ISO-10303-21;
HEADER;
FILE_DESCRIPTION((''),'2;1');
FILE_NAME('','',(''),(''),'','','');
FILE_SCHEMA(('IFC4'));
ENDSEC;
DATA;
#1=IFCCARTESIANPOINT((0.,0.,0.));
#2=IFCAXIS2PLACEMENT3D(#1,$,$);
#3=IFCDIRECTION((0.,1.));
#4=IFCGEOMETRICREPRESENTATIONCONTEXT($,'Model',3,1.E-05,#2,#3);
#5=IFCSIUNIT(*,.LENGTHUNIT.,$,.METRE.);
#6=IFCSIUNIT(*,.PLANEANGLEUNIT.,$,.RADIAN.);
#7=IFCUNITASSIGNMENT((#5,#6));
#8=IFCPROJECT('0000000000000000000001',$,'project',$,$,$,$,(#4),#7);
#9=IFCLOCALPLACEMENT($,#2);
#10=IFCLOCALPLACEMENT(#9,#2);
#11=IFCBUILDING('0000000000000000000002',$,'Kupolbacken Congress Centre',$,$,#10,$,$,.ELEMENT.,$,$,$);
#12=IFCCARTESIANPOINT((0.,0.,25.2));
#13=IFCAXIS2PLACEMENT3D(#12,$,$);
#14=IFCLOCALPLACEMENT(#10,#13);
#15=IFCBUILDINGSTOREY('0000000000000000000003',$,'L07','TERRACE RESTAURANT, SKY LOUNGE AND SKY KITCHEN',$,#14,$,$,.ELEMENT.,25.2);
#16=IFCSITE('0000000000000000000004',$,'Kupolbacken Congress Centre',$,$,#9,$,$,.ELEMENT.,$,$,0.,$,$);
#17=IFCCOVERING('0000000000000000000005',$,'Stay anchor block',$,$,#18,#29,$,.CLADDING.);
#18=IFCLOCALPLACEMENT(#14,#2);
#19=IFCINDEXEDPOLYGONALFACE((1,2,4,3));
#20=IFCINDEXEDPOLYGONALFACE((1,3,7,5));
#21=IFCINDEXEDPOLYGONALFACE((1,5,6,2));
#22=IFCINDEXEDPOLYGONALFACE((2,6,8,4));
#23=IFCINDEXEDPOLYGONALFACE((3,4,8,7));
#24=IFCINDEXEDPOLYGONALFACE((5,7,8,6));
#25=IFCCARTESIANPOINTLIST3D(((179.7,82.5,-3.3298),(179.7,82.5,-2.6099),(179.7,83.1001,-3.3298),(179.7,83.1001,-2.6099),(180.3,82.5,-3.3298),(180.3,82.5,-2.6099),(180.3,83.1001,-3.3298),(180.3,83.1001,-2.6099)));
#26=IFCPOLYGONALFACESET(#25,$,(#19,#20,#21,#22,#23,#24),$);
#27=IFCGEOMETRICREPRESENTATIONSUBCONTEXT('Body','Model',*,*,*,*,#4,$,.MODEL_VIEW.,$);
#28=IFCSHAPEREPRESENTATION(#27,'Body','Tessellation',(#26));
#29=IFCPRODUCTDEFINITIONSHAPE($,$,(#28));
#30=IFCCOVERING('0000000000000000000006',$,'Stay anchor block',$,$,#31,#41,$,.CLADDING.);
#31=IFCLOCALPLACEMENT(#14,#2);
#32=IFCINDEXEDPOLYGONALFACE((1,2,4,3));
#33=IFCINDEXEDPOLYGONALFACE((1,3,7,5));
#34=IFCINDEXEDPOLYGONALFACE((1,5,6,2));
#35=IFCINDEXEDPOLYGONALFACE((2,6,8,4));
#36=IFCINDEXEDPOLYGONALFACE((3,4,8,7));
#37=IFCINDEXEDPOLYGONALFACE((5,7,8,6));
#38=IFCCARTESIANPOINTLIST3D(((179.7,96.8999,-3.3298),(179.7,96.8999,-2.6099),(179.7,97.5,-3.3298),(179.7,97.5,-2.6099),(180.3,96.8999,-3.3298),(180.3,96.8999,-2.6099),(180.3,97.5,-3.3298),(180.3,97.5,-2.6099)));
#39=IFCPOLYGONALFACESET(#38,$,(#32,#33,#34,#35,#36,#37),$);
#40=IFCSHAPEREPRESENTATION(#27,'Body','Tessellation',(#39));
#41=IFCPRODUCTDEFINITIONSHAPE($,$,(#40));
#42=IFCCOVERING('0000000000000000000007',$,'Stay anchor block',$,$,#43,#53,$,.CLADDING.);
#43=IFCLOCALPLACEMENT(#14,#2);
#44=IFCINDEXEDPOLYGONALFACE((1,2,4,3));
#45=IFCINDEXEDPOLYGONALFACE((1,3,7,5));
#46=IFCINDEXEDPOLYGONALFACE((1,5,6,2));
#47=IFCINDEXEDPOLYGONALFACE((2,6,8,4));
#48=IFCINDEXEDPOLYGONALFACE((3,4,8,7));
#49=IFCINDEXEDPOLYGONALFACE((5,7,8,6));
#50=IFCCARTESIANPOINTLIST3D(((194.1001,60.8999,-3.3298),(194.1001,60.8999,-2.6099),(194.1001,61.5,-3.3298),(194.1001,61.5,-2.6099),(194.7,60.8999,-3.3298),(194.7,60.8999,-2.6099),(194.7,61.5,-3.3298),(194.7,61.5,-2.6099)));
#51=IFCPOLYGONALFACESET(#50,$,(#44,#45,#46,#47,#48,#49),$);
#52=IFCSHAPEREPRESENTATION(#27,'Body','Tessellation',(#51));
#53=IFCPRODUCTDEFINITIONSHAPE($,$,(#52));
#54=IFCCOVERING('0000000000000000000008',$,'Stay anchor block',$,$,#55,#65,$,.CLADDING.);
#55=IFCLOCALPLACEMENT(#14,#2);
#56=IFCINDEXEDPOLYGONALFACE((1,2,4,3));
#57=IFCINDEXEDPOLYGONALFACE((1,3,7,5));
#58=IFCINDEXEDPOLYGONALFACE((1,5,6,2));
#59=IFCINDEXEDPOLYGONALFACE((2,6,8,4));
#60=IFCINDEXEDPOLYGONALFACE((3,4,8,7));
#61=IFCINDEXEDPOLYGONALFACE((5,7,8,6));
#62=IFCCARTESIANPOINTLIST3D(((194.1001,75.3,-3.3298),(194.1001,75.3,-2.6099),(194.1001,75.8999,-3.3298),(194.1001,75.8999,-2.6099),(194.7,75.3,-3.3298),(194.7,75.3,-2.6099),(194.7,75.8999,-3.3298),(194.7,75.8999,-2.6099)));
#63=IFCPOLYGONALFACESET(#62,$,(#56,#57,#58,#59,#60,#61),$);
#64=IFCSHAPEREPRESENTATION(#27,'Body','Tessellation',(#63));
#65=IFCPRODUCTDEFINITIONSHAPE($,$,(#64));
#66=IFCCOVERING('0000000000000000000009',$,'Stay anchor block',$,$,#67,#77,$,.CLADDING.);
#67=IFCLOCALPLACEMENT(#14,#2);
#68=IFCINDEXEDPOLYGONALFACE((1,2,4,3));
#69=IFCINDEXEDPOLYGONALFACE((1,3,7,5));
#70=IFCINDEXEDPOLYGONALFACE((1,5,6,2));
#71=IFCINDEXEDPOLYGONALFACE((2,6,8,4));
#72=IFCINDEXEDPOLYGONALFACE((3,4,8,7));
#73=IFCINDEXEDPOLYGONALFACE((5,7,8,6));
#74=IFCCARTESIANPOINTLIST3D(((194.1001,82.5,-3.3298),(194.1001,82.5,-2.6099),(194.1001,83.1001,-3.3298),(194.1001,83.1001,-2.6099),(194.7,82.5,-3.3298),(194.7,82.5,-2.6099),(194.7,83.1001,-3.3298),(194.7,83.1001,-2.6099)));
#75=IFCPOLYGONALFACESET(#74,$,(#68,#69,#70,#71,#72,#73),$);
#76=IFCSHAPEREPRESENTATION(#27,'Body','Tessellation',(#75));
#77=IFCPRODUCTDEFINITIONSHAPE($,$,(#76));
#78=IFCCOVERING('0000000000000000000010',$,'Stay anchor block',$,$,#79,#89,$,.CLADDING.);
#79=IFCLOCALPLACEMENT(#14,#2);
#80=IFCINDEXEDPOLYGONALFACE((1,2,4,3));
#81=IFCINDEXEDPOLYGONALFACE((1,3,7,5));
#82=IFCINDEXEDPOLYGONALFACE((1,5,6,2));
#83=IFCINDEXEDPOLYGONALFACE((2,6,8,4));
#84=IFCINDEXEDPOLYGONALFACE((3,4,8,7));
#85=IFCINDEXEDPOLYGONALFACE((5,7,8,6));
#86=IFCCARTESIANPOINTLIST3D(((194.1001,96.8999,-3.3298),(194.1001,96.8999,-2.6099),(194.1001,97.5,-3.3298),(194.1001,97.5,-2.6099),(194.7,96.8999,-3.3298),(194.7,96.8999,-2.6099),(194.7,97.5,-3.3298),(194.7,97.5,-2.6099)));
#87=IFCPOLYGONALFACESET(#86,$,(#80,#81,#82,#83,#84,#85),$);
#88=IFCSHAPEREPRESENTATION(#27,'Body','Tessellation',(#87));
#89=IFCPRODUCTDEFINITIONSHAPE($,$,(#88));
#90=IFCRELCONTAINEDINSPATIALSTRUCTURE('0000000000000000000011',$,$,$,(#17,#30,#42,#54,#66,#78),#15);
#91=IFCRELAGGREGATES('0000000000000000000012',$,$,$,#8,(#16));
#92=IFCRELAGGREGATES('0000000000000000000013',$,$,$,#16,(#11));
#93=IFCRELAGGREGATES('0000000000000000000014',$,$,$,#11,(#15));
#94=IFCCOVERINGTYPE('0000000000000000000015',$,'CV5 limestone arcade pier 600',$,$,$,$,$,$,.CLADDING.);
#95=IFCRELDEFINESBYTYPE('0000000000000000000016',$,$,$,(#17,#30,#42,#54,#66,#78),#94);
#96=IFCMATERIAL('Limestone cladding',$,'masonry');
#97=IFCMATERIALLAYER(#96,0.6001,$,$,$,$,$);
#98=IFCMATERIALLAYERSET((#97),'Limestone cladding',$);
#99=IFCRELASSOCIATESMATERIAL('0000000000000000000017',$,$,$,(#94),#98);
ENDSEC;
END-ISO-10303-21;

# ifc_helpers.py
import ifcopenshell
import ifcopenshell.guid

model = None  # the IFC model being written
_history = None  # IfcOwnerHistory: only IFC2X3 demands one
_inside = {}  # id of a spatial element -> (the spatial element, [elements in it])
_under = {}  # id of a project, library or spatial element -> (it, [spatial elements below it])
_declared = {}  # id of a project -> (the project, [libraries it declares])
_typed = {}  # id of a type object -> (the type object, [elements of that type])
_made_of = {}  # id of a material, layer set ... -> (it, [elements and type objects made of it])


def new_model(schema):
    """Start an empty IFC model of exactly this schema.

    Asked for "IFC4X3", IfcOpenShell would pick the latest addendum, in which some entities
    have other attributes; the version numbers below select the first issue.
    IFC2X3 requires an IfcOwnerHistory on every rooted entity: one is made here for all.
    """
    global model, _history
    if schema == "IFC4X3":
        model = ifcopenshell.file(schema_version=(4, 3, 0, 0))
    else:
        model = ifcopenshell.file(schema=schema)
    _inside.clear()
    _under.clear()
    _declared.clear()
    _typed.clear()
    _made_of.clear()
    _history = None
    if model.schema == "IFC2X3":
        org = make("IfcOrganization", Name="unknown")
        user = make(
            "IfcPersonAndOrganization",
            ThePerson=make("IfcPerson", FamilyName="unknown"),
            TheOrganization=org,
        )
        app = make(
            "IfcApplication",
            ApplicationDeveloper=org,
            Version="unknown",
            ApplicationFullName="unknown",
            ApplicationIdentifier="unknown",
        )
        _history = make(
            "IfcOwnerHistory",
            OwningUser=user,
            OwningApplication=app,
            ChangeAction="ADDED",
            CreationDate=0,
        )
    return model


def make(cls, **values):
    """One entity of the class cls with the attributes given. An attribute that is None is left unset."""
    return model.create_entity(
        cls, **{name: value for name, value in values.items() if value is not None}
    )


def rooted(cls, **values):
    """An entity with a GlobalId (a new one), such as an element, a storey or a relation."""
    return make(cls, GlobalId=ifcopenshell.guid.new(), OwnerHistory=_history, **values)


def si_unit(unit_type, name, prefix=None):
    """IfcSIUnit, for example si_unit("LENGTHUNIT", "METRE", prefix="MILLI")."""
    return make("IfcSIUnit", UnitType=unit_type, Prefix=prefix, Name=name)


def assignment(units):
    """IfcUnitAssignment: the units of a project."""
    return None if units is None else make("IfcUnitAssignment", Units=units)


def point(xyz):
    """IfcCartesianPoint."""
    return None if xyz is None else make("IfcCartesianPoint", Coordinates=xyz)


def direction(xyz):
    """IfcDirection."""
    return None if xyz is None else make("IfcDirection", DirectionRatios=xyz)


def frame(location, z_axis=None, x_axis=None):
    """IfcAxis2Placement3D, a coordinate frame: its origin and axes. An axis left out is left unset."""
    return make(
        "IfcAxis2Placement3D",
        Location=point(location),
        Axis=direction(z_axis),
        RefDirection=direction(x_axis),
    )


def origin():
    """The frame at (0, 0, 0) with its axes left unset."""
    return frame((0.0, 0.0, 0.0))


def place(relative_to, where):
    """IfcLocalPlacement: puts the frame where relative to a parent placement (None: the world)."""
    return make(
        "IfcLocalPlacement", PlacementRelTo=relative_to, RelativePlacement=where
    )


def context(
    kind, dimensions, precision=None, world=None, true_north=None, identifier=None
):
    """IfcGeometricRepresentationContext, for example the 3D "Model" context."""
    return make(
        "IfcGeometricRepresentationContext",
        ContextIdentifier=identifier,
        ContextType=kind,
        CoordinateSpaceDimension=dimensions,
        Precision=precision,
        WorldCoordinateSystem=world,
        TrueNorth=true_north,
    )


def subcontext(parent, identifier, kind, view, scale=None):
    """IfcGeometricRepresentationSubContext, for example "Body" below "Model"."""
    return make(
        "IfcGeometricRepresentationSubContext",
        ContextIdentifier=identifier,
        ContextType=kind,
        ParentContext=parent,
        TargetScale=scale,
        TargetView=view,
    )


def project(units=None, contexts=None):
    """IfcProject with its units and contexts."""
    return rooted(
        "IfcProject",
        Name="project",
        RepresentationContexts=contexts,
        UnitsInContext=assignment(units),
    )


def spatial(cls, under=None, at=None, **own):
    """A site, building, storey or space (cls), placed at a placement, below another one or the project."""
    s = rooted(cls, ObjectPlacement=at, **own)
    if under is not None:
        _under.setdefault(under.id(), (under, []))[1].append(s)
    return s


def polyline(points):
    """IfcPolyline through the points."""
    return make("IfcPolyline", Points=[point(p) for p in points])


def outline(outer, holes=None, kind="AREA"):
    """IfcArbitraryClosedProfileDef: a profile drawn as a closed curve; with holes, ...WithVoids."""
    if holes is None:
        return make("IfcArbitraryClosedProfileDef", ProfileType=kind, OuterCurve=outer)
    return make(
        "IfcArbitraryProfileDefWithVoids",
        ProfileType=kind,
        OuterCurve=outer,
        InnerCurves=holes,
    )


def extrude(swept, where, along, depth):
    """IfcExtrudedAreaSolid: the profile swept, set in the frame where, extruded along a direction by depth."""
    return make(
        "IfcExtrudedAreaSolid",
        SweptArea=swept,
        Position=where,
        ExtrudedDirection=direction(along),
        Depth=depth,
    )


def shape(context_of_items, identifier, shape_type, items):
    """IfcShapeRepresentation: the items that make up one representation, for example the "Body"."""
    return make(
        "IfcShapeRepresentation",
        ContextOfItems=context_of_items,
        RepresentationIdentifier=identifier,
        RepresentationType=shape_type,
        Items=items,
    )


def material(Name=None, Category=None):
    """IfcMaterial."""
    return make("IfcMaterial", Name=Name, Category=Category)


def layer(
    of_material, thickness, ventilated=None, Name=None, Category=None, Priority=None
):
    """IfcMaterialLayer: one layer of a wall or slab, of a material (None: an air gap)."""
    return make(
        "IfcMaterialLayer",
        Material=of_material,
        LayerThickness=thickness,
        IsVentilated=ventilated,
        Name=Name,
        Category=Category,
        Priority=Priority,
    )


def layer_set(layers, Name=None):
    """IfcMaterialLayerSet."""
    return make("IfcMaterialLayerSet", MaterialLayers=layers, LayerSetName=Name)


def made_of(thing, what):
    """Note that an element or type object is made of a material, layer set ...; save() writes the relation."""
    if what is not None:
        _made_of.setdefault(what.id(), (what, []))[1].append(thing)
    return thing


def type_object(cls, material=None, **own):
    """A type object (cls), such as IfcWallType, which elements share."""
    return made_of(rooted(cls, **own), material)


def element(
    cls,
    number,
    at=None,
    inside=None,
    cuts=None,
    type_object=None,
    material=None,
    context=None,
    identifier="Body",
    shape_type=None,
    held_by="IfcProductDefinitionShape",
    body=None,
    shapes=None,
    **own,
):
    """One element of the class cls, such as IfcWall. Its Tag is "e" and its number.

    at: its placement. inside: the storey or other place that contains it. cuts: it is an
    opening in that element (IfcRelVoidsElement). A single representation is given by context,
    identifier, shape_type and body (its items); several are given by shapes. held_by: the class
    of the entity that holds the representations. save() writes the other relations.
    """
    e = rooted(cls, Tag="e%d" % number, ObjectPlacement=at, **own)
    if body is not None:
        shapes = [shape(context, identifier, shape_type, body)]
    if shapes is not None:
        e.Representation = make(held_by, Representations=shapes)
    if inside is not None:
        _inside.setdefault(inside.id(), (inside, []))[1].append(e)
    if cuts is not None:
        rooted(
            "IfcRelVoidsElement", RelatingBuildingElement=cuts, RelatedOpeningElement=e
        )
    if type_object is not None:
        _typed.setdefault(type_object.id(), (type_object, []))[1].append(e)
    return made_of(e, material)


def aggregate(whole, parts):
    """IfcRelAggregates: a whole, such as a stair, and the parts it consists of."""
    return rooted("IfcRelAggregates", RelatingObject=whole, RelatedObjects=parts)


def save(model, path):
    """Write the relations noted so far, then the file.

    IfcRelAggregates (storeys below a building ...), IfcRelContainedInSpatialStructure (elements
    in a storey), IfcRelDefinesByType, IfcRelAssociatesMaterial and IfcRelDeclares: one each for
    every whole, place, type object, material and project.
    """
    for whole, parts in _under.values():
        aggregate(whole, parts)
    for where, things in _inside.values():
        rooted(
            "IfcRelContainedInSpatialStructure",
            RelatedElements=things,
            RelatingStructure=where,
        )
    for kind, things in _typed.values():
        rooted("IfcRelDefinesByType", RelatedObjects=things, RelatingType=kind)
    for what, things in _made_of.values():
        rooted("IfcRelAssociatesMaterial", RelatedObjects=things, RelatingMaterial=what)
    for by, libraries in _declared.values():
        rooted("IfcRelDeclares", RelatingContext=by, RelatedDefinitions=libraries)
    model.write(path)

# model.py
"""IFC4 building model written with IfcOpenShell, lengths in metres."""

from ifc_helpers import new_model, si_unit, direction, frame, origin, place, context, subcontext, project, spatial, polyline, outline, extrude, material, layer, layer_set, type_object, element, save


model = new_model("IFC4")

# Units and contexts
model_context = context("Model", 3, precision=1e-05, world=origin(), true_north=direction((0.0, 1.0)))
body_context = subcontext(model_context, "Body", "Model", "MODEL_VIEW")
ifc_project = project(units=[si_unit("LENGTHUNIT", "METRE"), si_unit("PLANEANGLEUNIT", "RADIAN")], contexts=[model_context])

# Site, building, storey
site_placement = place(None, origin())
site = spatial("IfcSite", under=ifc_project, at=site_placement, Name="Kupolbacken Congress Centre", CompositionType="ELEMENT", RefElevation=0.0)
building_placement = place(site_placement, origin())
building = spatial("IfcBuilding", under=site, at=building_placement, Name="Kupolbacken Congress Centre", CompositionType="ELEMENT")
storey_placement = place(building_placement, frame((0.0, 0.0, 25.2)))
storey = spatial("IfcBuildingStorey", under=building, at=storey_placement, Name="L07", Description="TERRACE RESTAURANT, SKY LOUNGE AND SKY KITCHEN", CompositionType="ELEMENT", Elevation=25.2)

# Coverings
ifc_material_1 = material(Name="Limestone cladding", Category="masonry")
ifc_layer_1 = layer(ifc_material_1, 0.6001)
ifc_layer_set_1 = layer_set([ifc_layer_1], Name="Limestone cladding")
covering_type_1 = type_object("IfcCoveringType", Name="CV5 limestone arcade pier 600", PredefinedType="CLADDING", material=ifc_layer_set_1)
covering_1_placement = place(storey_placement, frame((0.0, 0.0, -3.3298)))
element("IfcCovering", 1, at=covering_1_placement, inside=storey, type_object=covering_type_1, Name="Stay anchor block", PredefinedType="CLADDING", context=body_context, shape_type="SweptSolid", body=[
    extrude(outline(polyline([(180.3, 82.5), (180.3, 83.1001), (179.7, 83.1001), (179.7, 82.5), (180.3, 82.5)])), origin(), (0.0, 0.0, 1.0), 0.72),
])
covering_2_placement = place(storey_placement, frame((0.0, 0.0, -3.3298)))
element("IfcCovering", 2, at=covering_2_placement, inside=storey, type_object=covering_type_1, Name="Stay anchor block", PredefinedType="CLADDING", context=body_context, shape_type="SweptSolid", body=[
    extrude(outline(polyline([(180.3, 96.8999), (180.3, 97.5), (179.7, 97.5), (179.7, 96.8999), (180.3, 96.8999)])), origin(), (0.0, 0.0, 1.0), 0.72),
])
covering_3_placement = place(storey_placement, frame((0.0, 0.0, -3.3298)))
element("IfcCovering", 3, at=covering_3_placement, inside=storey, type_object=covering_type_1, Name="Stay anchor block", PredefinedType="CLADDING", context=body_context, shape_type="SweptSolid", body=[
    extrude(outline(polyline([(194.7, 60.8999), (194.7, 61.5), (194.1001, 61.5), (194.1001, 60.8999), (194.7, 60.8999)])), origin(), (0.0, 0.0, 1.0), 0.72),
])
covering_4_placement = place(storey_placement, frame((0.0, 0.0, -3.3298)))
element("IfcCovering", 4, at=covering_4_placement, inside=storey, type_object=covering_type_1, Name="Stay anchor block", PredefinedType="CLADDING", context=body_context, shape_type="SweptSolid", body=[
    extrude(outline(polyline([(194.7, 75.3), (194.7, 75.8999), (194.1001, 75.8999), (194.1001, 75.3), (194.7, 75.3)])), origin(), (0.0, 0.0, 1.0), 0.72),
])
covering_5_placement = place(storey_placement, frame((0.0, 0.0, -3.3298)))
element("IfcCovering", 5, at=covering_5_placement, inside=storey, type_object=covering_type_1, Name="Stay anchor block", PredefinedType="CLADDING", context=body_context, shape_type="SweptSolid", body=[
    extrude(outline(polyline([(194.7, 82.5), (194.7, 83.1001), (194.1001, 83.1001), (194.1001, 82.5), (194.7, 82.5)])), origin(), (0.0, 0.0, 1.0), 0.72),
])
covering_6_placement = place(storey_placement, frame((0.0, 0.0, -3.3298)))
element("IfcCovering", 6, at=covering_6_placement, inside=storey, type_object=covering_type_1, Name="Stay anchor block", PredefinedType="CLADDING", context=body_context, shape_type="SweptSolid", body=[
    extrude(outline(polyline([(194.7, 96.8999), (194.7, 97.5), (194.1001, 97.5), (194.1001, 96.8999), (194.7, 96.8999)])), origin(), (0.0, 0.0, 1.0), 0.72),
])

save(model, "model.ifc")
